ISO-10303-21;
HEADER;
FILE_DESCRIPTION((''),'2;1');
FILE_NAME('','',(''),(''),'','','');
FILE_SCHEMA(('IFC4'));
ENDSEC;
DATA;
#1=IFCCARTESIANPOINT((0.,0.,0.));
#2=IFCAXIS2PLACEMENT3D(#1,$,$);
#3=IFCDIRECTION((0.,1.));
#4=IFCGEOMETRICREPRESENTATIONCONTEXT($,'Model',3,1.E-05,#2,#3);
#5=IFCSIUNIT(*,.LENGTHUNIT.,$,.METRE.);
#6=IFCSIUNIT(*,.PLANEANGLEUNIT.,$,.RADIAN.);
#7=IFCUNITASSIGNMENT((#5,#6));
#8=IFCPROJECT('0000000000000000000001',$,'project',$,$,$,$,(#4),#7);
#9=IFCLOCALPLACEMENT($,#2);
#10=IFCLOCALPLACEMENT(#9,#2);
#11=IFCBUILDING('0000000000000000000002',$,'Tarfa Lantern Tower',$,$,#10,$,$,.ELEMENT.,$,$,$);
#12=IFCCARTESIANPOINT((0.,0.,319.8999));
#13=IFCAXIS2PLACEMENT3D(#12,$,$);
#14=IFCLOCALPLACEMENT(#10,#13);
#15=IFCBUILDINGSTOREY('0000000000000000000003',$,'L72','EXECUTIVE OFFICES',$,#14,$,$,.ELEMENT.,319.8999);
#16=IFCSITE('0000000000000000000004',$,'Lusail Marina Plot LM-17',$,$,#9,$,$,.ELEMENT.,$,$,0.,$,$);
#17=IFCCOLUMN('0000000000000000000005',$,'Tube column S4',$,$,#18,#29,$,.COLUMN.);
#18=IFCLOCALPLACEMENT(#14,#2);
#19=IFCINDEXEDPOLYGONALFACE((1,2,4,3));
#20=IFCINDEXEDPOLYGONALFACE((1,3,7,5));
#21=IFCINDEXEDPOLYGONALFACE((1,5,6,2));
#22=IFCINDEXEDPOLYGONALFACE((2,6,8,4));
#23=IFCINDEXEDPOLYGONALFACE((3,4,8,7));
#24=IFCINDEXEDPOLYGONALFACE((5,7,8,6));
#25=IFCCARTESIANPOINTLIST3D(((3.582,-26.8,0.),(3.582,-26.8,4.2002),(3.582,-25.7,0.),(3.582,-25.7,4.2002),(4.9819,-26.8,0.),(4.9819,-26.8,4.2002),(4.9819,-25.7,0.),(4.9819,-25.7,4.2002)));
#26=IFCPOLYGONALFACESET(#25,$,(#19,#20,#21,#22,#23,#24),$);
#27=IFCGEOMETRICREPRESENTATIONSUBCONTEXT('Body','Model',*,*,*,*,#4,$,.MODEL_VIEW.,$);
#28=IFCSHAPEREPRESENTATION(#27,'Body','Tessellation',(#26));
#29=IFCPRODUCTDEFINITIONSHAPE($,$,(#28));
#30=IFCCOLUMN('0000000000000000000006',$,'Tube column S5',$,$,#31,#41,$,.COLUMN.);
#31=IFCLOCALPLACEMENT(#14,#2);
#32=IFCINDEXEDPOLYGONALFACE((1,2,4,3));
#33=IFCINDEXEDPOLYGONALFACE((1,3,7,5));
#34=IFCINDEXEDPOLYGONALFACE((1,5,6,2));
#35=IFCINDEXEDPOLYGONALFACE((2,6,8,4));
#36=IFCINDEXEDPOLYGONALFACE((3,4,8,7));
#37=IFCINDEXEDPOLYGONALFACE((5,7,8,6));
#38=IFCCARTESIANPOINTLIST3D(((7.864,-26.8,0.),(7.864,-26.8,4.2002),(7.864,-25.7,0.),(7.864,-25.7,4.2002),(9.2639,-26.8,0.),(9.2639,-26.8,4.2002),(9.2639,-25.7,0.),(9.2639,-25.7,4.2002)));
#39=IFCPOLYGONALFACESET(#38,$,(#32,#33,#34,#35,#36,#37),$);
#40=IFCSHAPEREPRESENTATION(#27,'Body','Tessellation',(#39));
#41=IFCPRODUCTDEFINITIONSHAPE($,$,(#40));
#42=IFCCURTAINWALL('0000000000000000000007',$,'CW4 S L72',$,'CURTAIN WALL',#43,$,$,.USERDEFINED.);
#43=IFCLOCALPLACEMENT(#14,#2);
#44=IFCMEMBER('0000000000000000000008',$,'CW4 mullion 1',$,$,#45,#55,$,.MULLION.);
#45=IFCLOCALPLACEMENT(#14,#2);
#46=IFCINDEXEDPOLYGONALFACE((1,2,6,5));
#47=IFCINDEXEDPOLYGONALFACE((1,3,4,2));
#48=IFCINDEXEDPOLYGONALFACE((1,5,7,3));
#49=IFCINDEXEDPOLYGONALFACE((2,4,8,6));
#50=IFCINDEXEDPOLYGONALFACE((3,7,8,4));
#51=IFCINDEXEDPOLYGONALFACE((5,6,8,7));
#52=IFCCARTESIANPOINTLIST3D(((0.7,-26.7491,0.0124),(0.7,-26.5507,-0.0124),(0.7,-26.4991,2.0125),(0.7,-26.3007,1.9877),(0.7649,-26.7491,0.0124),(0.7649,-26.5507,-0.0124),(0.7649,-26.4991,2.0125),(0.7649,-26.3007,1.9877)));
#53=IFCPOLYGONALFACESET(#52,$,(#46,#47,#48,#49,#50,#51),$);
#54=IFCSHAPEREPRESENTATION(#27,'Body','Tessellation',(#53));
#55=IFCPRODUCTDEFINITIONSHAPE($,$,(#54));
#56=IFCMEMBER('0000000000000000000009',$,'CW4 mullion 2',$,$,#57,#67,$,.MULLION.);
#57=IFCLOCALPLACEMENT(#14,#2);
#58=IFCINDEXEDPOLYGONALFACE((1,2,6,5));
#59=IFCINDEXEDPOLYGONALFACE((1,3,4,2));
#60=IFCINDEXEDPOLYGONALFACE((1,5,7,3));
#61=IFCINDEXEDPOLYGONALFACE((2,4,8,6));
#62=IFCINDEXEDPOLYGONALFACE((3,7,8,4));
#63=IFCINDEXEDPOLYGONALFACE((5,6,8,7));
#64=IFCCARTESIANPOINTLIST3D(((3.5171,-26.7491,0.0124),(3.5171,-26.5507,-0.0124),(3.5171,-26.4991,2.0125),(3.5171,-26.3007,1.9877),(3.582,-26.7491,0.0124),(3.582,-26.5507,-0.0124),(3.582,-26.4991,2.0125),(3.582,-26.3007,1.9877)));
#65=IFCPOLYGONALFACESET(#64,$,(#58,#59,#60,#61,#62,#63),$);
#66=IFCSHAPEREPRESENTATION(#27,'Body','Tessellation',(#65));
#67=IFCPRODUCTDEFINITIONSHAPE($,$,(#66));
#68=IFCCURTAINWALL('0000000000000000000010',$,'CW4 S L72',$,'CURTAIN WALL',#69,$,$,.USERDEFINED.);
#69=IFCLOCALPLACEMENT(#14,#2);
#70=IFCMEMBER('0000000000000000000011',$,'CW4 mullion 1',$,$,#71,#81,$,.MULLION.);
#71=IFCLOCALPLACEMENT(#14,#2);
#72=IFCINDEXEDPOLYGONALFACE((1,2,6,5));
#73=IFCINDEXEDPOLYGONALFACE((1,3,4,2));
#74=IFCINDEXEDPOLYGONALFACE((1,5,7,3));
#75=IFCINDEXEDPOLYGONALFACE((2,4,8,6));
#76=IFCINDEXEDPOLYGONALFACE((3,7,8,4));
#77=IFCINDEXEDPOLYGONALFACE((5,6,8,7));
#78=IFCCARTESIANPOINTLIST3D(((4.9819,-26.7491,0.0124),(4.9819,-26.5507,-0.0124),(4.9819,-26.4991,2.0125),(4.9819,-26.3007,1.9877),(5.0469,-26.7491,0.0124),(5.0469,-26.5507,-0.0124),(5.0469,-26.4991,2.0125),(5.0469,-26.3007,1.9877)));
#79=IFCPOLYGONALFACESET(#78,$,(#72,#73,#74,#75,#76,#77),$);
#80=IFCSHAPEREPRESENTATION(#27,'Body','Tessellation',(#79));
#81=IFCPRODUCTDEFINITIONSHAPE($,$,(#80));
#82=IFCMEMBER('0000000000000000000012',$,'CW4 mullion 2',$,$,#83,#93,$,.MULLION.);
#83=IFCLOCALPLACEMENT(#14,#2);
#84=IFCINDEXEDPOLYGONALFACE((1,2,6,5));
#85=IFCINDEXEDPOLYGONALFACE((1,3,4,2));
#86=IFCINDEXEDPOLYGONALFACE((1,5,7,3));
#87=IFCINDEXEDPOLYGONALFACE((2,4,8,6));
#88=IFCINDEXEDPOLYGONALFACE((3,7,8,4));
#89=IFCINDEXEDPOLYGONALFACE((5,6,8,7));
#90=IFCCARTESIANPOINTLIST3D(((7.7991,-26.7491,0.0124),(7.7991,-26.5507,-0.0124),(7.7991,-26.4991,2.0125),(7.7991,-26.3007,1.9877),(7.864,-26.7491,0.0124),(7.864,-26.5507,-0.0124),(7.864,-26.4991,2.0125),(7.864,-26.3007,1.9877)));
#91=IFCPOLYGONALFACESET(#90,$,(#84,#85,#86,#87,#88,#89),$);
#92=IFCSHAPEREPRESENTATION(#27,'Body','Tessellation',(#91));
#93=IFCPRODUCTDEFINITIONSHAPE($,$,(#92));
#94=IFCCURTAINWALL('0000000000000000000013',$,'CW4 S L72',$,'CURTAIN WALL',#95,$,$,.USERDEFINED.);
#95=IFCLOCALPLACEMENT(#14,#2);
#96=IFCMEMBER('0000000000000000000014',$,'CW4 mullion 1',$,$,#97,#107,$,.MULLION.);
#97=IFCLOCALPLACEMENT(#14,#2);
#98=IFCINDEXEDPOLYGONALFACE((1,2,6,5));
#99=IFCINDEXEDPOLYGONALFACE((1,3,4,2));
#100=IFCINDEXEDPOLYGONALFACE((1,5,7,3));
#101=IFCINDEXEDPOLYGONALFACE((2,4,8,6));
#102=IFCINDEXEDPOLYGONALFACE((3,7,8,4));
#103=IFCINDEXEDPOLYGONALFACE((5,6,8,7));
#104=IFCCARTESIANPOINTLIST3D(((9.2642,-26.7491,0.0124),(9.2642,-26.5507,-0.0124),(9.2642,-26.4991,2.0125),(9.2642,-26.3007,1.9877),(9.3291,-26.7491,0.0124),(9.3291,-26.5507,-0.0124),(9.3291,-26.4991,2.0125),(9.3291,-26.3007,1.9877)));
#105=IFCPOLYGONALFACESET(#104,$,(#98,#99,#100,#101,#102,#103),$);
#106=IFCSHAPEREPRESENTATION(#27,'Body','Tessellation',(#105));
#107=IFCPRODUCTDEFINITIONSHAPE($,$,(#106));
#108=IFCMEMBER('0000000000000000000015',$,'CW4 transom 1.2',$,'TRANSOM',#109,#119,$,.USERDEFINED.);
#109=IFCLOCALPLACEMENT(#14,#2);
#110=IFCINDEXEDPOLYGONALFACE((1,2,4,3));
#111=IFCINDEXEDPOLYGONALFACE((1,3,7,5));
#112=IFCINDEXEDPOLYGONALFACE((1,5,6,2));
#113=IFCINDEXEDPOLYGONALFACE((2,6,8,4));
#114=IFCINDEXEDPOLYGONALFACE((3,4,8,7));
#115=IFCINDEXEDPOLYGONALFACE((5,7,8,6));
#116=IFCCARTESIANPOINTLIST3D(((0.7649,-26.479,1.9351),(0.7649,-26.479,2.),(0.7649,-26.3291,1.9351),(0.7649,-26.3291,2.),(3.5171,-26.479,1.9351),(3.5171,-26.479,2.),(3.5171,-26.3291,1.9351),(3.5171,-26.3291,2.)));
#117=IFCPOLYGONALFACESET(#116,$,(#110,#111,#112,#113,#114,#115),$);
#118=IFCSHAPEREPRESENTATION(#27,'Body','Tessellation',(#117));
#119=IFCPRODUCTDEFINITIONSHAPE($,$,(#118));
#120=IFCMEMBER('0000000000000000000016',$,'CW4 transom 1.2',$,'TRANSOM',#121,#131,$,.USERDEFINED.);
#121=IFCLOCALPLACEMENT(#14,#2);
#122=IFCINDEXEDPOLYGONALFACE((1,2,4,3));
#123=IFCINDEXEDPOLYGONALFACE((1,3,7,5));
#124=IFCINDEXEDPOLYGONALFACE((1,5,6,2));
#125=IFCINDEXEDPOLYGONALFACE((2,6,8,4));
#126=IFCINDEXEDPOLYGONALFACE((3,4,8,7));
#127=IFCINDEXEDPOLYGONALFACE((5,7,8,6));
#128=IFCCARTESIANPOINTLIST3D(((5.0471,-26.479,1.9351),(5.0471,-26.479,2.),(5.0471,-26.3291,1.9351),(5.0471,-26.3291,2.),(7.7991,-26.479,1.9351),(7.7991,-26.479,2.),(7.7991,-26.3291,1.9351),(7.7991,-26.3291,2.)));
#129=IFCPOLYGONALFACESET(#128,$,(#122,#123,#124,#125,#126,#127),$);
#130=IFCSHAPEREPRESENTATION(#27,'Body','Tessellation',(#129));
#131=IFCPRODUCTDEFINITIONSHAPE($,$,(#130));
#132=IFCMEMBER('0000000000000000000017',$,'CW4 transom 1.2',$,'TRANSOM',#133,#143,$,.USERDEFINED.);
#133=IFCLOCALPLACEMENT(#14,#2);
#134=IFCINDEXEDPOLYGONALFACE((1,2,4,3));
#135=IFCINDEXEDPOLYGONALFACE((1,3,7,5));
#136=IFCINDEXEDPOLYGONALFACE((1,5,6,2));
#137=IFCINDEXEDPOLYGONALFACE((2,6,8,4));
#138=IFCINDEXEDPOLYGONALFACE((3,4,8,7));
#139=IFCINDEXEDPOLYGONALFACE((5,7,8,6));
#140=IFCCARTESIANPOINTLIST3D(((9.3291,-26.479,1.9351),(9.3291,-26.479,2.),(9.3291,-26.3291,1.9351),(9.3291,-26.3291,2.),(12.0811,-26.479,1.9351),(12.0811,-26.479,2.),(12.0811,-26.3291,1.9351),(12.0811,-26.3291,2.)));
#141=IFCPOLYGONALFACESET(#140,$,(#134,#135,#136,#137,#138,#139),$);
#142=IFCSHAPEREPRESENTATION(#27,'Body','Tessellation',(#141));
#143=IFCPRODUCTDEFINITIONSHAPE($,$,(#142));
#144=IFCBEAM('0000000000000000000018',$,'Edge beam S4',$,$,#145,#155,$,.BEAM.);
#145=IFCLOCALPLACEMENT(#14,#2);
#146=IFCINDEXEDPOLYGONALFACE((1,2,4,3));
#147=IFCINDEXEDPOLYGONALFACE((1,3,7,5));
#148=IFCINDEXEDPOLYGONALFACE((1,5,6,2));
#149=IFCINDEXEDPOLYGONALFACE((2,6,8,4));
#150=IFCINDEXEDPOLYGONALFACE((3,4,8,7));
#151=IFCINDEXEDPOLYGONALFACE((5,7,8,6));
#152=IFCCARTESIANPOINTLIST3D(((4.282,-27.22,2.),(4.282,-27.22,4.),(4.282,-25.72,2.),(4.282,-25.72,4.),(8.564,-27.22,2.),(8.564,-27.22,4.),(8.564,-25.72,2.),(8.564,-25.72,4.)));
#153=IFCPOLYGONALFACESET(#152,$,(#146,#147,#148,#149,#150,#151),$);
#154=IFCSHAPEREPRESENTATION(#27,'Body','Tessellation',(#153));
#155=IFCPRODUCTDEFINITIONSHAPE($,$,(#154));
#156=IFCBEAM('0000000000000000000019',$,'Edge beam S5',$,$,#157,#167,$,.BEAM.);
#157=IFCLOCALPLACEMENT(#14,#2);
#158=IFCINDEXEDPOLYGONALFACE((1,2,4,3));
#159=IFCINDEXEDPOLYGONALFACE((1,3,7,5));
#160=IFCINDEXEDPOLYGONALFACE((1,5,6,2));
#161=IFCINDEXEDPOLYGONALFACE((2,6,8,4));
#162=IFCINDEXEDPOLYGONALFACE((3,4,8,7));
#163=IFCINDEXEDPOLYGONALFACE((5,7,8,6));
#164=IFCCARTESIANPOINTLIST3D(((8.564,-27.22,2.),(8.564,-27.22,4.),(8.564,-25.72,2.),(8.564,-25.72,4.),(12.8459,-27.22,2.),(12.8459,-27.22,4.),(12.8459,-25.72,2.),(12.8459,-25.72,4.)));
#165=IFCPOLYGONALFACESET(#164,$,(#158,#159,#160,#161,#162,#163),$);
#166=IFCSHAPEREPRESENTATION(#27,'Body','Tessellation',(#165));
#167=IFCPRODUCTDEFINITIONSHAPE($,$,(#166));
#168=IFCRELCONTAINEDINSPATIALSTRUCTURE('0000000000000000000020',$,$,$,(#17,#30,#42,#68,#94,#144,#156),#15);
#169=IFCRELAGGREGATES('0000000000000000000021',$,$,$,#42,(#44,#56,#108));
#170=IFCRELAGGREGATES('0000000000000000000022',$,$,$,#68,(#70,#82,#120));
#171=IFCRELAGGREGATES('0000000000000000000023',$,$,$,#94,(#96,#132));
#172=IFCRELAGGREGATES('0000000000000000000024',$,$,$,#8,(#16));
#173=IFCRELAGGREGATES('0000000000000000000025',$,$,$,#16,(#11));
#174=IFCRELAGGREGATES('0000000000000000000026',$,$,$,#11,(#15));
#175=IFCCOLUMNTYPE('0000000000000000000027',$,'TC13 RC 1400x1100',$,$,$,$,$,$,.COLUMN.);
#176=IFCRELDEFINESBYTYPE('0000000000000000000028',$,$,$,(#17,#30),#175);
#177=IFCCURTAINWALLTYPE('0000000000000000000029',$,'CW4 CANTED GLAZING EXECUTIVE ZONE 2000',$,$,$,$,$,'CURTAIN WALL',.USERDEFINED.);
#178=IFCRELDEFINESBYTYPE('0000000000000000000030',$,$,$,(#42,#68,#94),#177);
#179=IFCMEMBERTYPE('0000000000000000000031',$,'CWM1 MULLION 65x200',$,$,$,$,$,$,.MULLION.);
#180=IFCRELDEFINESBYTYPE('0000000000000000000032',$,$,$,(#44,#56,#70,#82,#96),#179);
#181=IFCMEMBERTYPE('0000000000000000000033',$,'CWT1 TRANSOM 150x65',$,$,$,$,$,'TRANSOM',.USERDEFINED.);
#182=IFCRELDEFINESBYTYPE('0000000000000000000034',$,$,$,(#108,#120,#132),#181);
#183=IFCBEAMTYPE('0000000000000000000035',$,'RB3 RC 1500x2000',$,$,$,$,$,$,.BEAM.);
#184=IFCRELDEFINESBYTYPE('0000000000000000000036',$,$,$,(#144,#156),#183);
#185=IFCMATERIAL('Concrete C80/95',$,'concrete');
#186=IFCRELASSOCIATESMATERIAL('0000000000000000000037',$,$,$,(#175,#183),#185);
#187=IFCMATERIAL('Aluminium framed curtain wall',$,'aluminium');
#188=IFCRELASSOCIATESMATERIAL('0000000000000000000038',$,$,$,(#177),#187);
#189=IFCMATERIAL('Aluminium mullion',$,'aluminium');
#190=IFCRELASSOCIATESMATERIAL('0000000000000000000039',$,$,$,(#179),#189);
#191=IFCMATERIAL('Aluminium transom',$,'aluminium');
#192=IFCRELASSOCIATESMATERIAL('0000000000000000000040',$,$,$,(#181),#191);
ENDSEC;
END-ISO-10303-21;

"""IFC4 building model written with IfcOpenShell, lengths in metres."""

from ifc_helpers import new_model, si_unit, direction, frame, origin, origin_2d, place, context, subcontext, project, spatial, rectangle, extrude, material, material_profile, profile_set, type_object, element, aggregate, save


model = new_model("IFC4")

# Units and contexts
model_context = context("Model", 3, precision=1e-05, world=origin(), true_north=direction((0.0, 1.0)))
body_context = subcontext(model_context, "Body", "Model", "MODEL_VIEW")
ifc_project = project(units=[si_unit("LENGTHUNIT", "METRE"), si_unit("PLANEANGLEUNIT", "RADIAN")], contexts=[model_context])

# Site, building, storey
site_placement = place(None, origin())
site = spatial("IfcSite", under=ifc_project, at=site_placement, Name="Lusail Marina Plot LM-17", CompositionType="ELEMENT", RefElevation=0.0)
building_placement = place(site_placement, origin())
building = spatial("IfcBuilding", under=site, at=building_placement, Name="Tarfa Lantern Tower", CompositionType="ELEMENT")
storey_placement = place(building_placement, frame((0.0, 0.0, 319.8999)))
storey = spatial("IfcBuildingStorey", under=building, at=storey_placement, Name="L72", Description="EXECUTIVE OFFICES", CompositionType="ELEMENT", Elevation=319.8999)

# Columns
ifc_material_1 = material(Name="Concrete C80/95", Category="concrete")
ifc_material_profile_1 = material_profile(ifc_material_1, rectangle(XDim=1.3999, YDim=1.1001, at=origin_2d()), Name="RC 1400x1100")
ifc_profile_set_1 = profile_set([ifc_material_profile_1], Name="Concrete C80/95")
column_type = type_object("IfcColumnType", Name="TC13 RC 1400x1100", PredefinedType="COLUMN", material=ifc_profile_set_1)
for number, where, z_axis, x_axis, name in (
    (1, (4.282, -26.25, 0.0), (0.0, 0.0, 1.0), (1.0, 0.0, 0.0), "Tube column S4"),
    (2, (8.564, -26.25, 0.0), (0.0, 0.0, 1.0), (1.0, 0.0, 0.0), "Tube column S5"),
):
    element("IfcColumn", number, at=place(storey_placement, frame(where, z_axis=z_axis, x_axis=x_axis)), inside=storey, type_object=column_type, Name=name, PredefinedType="COLUMN", context=body_context, shape_type="SweptSolid", body=[
        extrude(rectangle(XDim=1.3999, YDim=1.1001, at=origin_2d()), origin(), (0.0, 0.0, 1.0), 4.2002),
    ])

# Curtain walls, members
ifc_material_2 = material(Name="Aluminium framed curtain wall", Category="aluminium")
curtain_wall_type = type_object("IfcCurtainWallType", Name="CW4 CANTED GLAZING EXECUTIVE ZONE 2000", ElementType="CURTAIN WALL", PredefinedType="USERDEFINED", material=ifc_material_2)
curtain_wall_1_placement = place(storey_placement, origin())
curtain_wall_1 = element("IfcCurtainWall", 3, at=curtain_wall_1_placement, inside=storey, type_object=curtain_wall_type, Name="CW4 S L72", ObjectType="CURTAIN WALL", PredefinedType="USERDEFINED")
ifc_material_3 = material(Name="Aluminium mullion", Category="aluminium")
ifc_material_profile_2 = material_profile(ifc_material_3, rectangle(XDim=0.0649, YDim=0.2, at=origin_2d()), Name="AL MULLION 65x200")
ifc_profile_set_2 = profile_set([ifc_material_profile_2], Name="Aluminium mullion")
member_type_1 = type_object("IfcMemberType", Name="CWM1 MULLION 65x200", PredefinedType="MULLION", material=ifc_profile_set_2)
member_1_placement = place(storey_placement, frame((0.7324, -26.6499, 0.0), z_axis=(0.0, 0.124035, 0.992278), x_axis=(-1.0, 0.0, 0.0)))
member_1 = element("IfcMember", 4, at=member_1_placement, type_object=member_type_1, Name="CW4 mullion 1", PredefinedType="MULLION", context=body_context, shape_type="SweptSolid", body=[
    extrude(rectangle(XDim=0.0649, YDim=0.2, at=origin_2d()), origin(), (0.0, 0.0, 1.0), 2.0156),
])
member_2_placement = place(storey_placement, frame((3.5496, -26.6499, 0.0), z_axis=(0.0, 0.124035, 0.992278), x_axis=(-1.0, 0.0, 0.0)))
member_2 = element("IfcMember", 5, at=member_2_placement, type_object=member_type_1, Name="CW4 mullion 2", PredefinedType="MULLION", context=body_context, shape_type="SweptSolid", body=[
    extrude(rectangle(XDim=0.0649, YDim=0.2, at=origin_2d()), origin(), (0.0, 0.0, 1.0), 2.0156),
])
curtain_wall_2_placement = place(storey_placement, origin())
curtain_wall_2 = element("IfcCurtainWall", 6, at=curtain_wall_2_placement, inside=storey, type_object=curtain_wall_type, Name="CW4 S L72", ObjectType="CURTAIN WALL", PredefinedType="USERDEFINED")
member_3_placement = place(storey_placement, frame((5.0144, -26.6499, 0.0), z_axis=(0.0, 0.124035, 0.992278), x_axis=(-1.0, 0.0, 0.0)))
member_3 = element("IfcMember", 7, at=member_3_placement, type_object=member_type_1, Name="CW4 mullion 1", PredefinedType="MULLION", context=body_context, shape_type="SweptSolid", body=[
    extrude(rectangle(XDim=0.0649, YDim=0.2, at=origin_2d()), origin(), (0.0, 0.0, 1.0), 2.0156),
])
member_4_placement = place(storey_placement, frame((7.8315, -26.6499, 0.0), z_axis=(0.0, 0.124035, 0.992278), x_axis=(-1.0, 0.0, 0.0)))
member_4 = element("IfcMember", 8, at=member_4_placement, type_object=member_type_1, Name="CW4 mullion 2", PredefinedType="MULLION", context=body_context, shape_type="SweptSolid", body=[
    extrude(rectangle(XDim=0.0649, YDim=0.2, at=origin_2d()), origin(), (0.0, 0.0, 1.0), 2.0156),
])

# Curtain wall, member
curtain_wall_3_placement = place(storey_placement, origin())
curtain_wall_3 = element("IfcCurtainWall", 9, at=curtain_wall_3_placement, inside=storey, type_object=curtain_wall_type, Name="CW4 S L72", ObjectType="CURTAIN WALL", PredefinedType="USERDEFINED")
member_5_placement = place(storey_placement, frame((9.2966, -26.6499, 0.0), z_axis=(0.0, 0.124035, 0.992278), x_axis=(-1.0, 0.0, 0.0)))
member_5 = element("IfcMember", 10, at=member_5_placement, type_object=member_type_1, Name="CW4 mullion 1", PredefinedType="MULLION", context=body_context, shape_type="SweptSolid", body=[
    extrude(rectangle(XDim=0.0649, YDim=0.2, at=origin_2d()), origin(), (0.0, 0.0, 1.0), 2.0156),
])

# Members
ifc_material_4 = material(Name="Aluminium transom", Category="aluminium")
ifc_material_profile_3 = material_profile(ifc_material_4, rectangle(XDim=0.1499, YDim=0.0649, at=origin_2d()), Name="AL TRANSOM 150x65")
ifc_profile_set_3 = profile_set([ifc_material_profile_3], Name="Aluminium transom")
member_type_2 = type_object("IfcMemberType", Name="CWT1 TRANSOM 150x65", ElementType="TRANSOM", PredefinedType="USERDEFINED", material=ifc_profile_set_3)
member_6_placement = place(storey_placement, frame((0.7649, -26.4041, 1.9675), z_axis=(1.0, 0.0, 0.0), x_axis=(0.0, 1.0, 0.0)))
member_6 = element("IfcMember", 11, at=member_6_placement, type_object=member_type_2, Name="CW4 transom 1.2", ObjectType="TRANSOM", PredefinedType="USERDEFINED", context=body_context, shape_type="SweptSolid", body=[
    extrude(rectangle(XDim=0.1499, YDim=0.0649, at=origin_2d()), origin(), (0.0, 0.0, 1.0), 2.7522),
])
member_7_placement = place(storey_placement, frame((5.0471, -26.4041, 1.9675), z_axis=(1.0, 0.0, 0.0), x_axis=(0.0, 1.0, 0.0)))
member_7 = element("IfcMember", 12, at=member_7_placement, type_object=member_type_2, Name="CW4 transom 1.2", ObjectType="TRANSOM", PredefinedType="USERDEFINED", context=body_context, shape_type="SweptSolid", body=[
    extrude(rectangle(XDim=0.1499, YDim=0.0649, at=origin_2d()), origin(), (0.0, 0.0, 1.0), 2.752),
])
member_8_placement = place(storey_placement, frame((9.3291, -26.4041, 1.9675), z_axis=(1.0, 0.0, 0.0), x_axis=(0.0, 1.0, 0.0)))
member_8 = element("IfcMember", 13, at=member_8_placement, type_object=member_type_2, Name="CW4 transom 1.2", ObjectType="TRANSOM", PredefinedType="USERDEFINED", context=body_context, shape_type="SweptSolid", body=[
    extrude(rectangle(XDim=0.1499, YDim=0.0649, at=origin_2d()), origin(), (0.0, 0.0, 1.0), 2.752),
])

# Beams
ifc_material_profile_4 = material_profile(ifc_material_1, rectangle(XDim=1.5, YDim=2.0, at=origin_2d()), Name="RC 1500x2000")
ifc_profile_set_4 = profile_set([ifc_material_profile_4], Name="Concrete C80/95")
beam_type_1 = type_object("IfcBeamType", Name="RB3 RC 1500x2000", PredefinedType="BEAM", material=ifc_profile_set_4)
for number, where, z_axis, x_axis, name in (
    (14, (4.282, -26.47, 3.0), (1.0, 0.0, 0.0), (0.0, 1.0, 0.0), "Edge beam S4"),
    (15, (8.564, -26.47, 3.0), (1.0, 0.0, 0.0), (0.0, 1.0, 0.0), "Edge beam S5"),
):
    element("IfcBeam", number, at=place(storey_placement, frame(where, z_axis=z_axis, x_axis=x_axis)), inside=storey, type_object=beam_type_1, Name=name, PredefinedType="BEAM", context=body_context, shape_type="SweptSolid", body=[
        extrude(rectangle(XDim=1.5, YDim=2.0, at=origin_2d()), origin(), (0.0, 0.0, 1.0), 4.282),
    ])

aggregate(curtain_wall_1, [member_1, member_2, member_6])
aggregate(curtain_wall_2, [member_3, member_4, member_7])
aggregate(curtain_wall_3, [member_5, member_8])

save(model, "model.ifc")
